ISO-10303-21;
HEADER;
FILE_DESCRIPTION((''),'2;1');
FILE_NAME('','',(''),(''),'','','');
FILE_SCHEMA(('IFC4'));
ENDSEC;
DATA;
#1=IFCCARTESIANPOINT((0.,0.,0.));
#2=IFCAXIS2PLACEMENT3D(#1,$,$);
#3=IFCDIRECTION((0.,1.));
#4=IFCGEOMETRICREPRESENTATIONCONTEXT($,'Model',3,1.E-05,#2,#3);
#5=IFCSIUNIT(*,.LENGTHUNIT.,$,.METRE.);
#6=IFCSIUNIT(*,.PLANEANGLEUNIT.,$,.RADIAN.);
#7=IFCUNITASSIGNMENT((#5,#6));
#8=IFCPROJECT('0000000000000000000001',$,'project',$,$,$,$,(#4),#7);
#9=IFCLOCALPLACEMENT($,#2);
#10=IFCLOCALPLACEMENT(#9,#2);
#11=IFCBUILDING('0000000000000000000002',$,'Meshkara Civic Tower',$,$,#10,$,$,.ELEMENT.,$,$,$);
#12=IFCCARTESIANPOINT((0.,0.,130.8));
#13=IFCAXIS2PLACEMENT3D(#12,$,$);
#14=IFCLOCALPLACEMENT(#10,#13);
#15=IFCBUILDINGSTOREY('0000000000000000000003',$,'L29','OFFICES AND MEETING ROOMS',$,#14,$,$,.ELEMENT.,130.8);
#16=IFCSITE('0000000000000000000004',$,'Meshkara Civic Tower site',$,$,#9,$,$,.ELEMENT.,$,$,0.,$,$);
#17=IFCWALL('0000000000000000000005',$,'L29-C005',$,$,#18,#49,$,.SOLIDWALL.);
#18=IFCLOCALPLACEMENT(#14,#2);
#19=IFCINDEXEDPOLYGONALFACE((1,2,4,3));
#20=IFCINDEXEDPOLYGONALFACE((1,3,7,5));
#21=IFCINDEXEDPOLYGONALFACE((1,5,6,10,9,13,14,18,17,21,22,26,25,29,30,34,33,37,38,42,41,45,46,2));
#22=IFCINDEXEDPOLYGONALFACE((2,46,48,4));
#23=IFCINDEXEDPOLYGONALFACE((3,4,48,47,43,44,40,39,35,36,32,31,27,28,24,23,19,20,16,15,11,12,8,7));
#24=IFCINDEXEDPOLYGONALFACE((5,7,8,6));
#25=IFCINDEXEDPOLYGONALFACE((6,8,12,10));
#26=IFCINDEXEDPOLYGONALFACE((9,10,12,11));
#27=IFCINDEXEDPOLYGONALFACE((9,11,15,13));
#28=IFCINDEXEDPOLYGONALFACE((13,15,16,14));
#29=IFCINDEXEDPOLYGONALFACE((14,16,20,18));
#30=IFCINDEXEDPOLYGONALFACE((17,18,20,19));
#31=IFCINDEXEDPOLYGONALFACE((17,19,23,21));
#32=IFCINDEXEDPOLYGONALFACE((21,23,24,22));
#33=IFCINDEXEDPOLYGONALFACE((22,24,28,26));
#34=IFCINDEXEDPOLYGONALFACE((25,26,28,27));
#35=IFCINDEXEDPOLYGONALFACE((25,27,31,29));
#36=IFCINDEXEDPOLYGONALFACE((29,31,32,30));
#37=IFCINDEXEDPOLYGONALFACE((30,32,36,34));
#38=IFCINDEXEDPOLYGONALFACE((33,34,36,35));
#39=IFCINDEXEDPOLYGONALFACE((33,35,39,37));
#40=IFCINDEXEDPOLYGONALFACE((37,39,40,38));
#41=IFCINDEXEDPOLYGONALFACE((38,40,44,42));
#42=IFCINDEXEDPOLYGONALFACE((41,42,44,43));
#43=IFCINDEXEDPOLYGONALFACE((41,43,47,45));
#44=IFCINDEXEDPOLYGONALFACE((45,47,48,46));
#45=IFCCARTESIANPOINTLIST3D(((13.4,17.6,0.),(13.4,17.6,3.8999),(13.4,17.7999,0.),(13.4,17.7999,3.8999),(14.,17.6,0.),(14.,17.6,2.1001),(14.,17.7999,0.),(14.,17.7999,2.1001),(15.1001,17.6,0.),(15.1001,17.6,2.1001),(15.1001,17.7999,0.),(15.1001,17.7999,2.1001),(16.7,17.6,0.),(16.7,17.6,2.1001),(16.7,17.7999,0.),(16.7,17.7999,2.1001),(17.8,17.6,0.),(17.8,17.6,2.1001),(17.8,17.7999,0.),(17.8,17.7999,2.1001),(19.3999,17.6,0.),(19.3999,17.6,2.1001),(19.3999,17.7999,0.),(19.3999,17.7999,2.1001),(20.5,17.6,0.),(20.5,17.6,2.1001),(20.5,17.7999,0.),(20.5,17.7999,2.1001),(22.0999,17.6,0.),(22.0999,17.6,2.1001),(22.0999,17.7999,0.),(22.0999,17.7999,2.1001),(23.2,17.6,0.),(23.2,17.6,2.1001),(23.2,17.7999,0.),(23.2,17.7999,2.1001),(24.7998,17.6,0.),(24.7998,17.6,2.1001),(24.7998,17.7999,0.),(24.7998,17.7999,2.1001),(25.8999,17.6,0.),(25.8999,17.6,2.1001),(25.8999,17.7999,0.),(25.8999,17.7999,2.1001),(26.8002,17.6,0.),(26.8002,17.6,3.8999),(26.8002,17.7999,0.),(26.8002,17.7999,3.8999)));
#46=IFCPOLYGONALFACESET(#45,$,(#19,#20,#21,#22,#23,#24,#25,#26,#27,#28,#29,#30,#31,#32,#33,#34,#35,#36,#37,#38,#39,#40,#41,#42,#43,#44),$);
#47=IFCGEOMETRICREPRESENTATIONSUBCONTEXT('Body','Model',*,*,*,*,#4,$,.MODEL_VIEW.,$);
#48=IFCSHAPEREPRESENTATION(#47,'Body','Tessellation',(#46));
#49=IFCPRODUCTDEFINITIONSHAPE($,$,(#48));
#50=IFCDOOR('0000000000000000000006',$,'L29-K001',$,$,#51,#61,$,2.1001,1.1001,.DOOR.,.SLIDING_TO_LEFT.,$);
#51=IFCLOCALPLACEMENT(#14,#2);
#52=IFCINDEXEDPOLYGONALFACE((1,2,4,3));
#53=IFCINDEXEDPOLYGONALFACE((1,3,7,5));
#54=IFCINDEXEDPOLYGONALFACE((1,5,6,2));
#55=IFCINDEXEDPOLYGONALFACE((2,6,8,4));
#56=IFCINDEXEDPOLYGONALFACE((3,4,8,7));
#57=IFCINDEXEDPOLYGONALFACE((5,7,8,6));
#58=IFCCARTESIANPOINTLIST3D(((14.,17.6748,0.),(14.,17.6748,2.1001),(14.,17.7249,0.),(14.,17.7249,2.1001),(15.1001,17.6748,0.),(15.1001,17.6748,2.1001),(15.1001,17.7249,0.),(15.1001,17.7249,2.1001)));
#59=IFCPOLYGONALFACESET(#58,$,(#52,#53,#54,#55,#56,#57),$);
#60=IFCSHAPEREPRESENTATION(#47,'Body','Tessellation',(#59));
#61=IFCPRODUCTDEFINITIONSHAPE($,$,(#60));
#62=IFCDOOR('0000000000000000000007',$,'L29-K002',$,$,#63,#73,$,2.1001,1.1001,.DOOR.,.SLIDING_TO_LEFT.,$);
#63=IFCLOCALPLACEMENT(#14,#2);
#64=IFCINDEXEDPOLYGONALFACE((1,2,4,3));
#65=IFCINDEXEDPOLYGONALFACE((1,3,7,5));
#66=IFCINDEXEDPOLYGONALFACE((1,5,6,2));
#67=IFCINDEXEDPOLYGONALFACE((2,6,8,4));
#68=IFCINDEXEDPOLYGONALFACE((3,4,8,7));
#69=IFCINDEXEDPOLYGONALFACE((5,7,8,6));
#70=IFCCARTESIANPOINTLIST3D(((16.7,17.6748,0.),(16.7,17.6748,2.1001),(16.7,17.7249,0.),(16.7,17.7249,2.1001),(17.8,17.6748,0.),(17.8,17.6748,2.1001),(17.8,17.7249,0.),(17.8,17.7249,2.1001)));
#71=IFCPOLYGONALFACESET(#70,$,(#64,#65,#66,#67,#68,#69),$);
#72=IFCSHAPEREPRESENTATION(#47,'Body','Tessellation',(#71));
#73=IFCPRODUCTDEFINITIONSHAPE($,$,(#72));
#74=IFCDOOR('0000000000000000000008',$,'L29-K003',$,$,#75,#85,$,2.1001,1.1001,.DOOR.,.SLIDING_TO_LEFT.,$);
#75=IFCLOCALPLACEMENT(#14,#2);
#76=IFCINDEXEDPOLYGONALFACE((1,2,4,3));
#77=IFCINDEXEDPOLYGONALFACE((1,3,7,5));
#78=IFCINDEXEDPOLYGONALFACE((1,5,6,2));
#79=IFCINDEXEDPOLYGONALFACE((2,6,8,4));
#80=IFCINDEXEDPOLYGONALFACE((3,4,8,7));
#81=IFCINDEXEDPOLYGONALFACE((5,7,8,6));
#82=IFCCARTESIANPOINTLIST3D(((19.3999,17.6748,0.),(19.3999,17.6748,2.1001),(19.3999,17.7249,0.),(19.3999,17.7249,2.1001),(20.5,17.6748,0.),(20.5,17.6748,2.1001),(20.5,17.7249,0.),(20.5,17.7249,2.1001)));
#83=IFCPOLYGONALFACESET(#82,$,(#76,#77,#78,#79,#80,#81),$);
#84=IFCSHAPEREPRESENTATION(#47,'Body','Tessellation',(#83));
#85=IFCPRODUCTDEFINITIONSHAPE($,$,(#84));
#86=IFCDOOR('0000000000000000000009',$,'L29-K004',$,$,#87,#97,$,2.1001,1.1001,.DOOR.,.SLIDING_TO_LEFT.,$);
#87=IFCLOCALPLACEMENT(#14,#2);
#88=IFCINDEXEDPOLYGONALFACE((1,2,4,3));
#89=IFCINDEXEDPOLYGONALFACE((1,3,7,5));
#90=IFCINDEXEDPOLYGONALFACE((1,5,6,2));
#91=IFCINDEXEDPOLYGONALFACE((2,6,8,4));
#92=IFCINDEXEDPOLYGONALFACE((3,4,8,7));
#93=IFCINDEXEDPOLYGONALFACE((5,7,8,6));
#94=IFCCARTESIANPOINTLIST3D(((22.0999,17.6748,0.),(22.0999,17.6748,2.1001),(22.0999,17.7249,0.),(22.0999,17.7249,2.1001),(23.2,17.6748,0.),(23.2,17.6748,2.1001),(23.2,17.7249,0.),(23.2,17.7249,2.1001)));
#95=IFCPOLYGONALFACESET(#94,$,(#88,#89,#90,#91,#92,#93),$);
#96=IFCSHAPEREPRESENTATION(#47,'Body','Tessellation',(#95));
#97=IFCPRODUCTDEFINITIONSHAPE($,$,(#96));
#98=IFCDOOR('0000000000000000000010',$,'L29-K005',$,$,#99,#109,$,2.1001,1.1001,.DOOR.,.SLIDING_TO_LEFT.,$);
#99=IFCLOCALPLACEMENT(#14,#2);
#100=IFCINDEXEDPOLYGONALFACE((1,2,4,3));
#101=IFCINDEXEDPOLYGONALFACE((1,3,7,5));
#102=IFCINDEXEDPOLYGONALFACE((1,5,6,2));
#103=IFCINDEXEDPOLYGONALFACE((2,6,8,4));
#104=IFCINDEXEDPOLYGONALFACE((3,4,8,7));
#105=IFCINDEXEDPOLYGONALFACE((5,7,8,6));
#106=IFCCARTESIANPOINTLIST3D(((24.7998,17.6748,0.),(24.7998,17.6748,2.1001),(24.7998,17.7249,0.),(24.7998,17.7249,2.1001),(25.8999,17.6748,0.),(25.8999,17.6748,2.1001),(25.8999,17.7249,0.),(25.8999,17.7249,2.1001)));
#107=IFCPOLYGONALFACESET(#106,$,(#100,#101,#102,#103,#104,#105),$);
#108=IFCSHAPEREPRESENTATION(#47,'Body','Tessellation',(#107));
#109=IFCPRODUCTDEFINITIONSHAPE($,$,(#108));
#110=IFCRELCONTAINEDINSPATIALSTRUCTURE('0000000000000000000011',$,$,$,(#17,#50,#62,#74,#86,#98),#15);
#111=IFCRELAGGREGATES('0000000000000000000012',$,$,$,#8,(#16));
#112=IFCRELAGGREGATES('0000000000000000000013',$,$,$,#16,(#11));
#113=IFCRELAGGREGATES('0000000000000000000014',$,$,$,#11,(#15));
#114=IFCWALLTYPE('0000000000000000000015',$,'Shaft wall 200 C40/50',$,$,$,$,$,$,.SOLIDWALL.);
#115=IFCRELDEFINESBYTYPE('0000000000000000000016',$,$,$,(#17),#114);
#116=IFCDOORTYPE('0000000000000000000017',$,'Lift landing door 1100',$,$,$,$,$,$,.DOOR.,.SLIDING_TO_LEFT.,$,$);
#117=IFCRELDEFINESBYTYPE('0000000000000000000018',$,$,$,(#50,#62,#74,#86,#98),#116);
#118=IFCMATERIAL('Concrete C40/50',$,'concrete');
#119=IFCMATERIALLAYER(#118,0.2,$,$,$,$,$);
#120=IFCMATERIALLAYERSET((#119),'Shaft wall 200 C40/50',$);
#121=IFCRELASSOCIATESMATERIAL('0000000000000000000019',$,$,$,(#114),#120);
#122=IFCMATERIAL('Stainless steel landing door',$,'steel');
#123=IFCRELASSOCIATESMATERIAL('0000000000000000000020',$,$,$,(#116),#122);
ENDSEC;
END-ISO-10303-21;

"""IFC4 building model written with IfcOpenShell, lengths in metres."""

from ifc_helpers import new_model, si_unit, direction, frame, frame_2d, origin, place, context, subcontext, project, spatial, rectangle, extrude, material, layer, layer_set, type_object, element, fill, save


model = new_model("IFC4")

# Units and contexts
model_context = context("Model", 3, precision=1e-05, world=origin(), true_north=direction((0.0, 1.0)))
body_context = subcontext(model_context, "Body", "Model", "MODEL_VIEW")
ifc_project = project(units=[si_unit("LENGTHUNIT", "METRE"), si_unit("PLANEANGLEUNIT", "RADIAN")], contexts=[model_context])

# Site, building, storey
site_placement = place(None, origin())
site = spatial("IfcSite", under=ifc_project, at=site_placement, Name="Meshkara Civic Tower site", CompositionType="ELEMENT", RefElevation=0.0)
building_placement = place(site_placement, origin())
building = spatial("IfcBuilding", under=site, at=building_placement, Name="Meshkara Civic Tower", CompositionType="ELEMENT")
storey_placement = place(building_placement, frame((0.0, 0.0, 130.8)))
storey = spatial("IfcBuildingStorey", under=building, at=storey_placement, Name="L29", Description="OFFICES AND MEETING ROOMS", CompositionType="ELEMENT", Elevation=130.8)

# Wall, openings, doors
ifc_material_1 = material(Name="Concrete C40/50", Category="concrete")
ifc_layer_1 = layer(ifc_material_1, 0.2)
ifc_layer_set_1 = layer_set([ifc_layer_1], Name="Shaft wall 200 C40/50")
wall_type_1 = type_object("IfcWallType", Name="Shaft wall 200 C40/50", PredefinedType="SOLIDWALL", material=ifc_layer_set_1)
wall_1_placement = place(storey_placement, frame((13.3999, 17.7, 0.0), z_axis=(0.0, 0.0, 1.0), x_axis=(1.0, 0.0, 0.0)))
wall_1 = element("IfcWall", 1, at=wall_1_placement, inside=storey, type_object=wall_type_1, Name="L29-C005", PredefinedType="SOLIDWALL", context=body_context, shape_type="SweptSolid", body=[
    extrude(rectangle(XDim=13.4001, YDim=0.2, at=frame_2d((6.7002, 0.0))), origin(), (0.0, 0.0, 1.0), 3.8999),
])
opening_1_placement = place(wall_1_placement, frame((0.6001, 0.0, 0.0)))
opening_1 = element("IfcOpeningElement", 2, at=opening_1_placement, cuts=wall_1, PredefinedType="OPENING", context=body_context, shape_type="SweptSolid", body=[
    extrude(rectangle(XDim=1.1001, YDim=2.1001, at=frame_2d((0.55, 1.05))), frame((0.0, 0.1099, 0.0), z_axis=(0.0, -1.0, 0.0), x_axis=(1.0, 0.0, 0.0)), (0.0, 0.0, 1.0), 0.22),
])
opening_2_placement = place(wall_1_placement, frame((3.3, 0.0, 0.0)))
opening_2 = element("IfcOpeningElement", 3, at=opening_2_placement, cuts=wall_1, PredefinedType="OPENING", context=body_context, shape_type="SweptSolid", body=[
    extrude(rectangle(XDim=1.1001, YDim=2.1001, at=frame_2d((0.55, 1.05))), frame((0.0, 0.1099, 0.0), z_axis=(0.0, -1.0, 0.0), x_axis=(1.0, 0.0, 0.0)), (0.0, 0.0, 1.0), 0.22),
])
opening_3_placement = place(wall_1_placement, frame((6.0, 0.0, 0.0)))
opening_3 = element("IfcOpeningElement", 4, at=opening_3_placement, cuts=wall_1, PredefinedType="OPENING", context=body_context, shape_type="SweptSolid", body=[
    extrude(rectangle(XDim=1.1001, YDim=2.1001, at=frame_2d((0.55, 1.05))), frame((0.0, 0.1099, 0.0), z_axis=(0.0, -1.0, 0.0), x_axis=(1.0, 0.0, 0.0)), (0.0, 0.0, 1.0), 0.22),
])
opening_4_placement = place(wall_1_placement, frame((8.7, 0.0, 0.0)))
opening_4 = element("IfcOpeningElement", 5, at=opening_4_placement, cuts=wall_1, PredefinedType="OPENING", context=body_context, shape_type="SweptSolid", body=[
    extrude(rectangle(XDim=1.1001, YDim=2.1001, at=frame_2d((0.55, 1.05))), frame((0.0, 0.1099, 0.0), z_axis=(0.0, -1.0, 0.0), x_axis=(1.0, 0.0, 0.0)), (0.0, 0.0, 1.0), 0.22),
])
opening_5_placement = place(wall_1_placement, frame((11.3999, 0.0, 0.0)))
opening_5 = element("IfcOpeningElement", 6, at=opening_5_placement, cuts=wall_1, PredefinedType="OPENING", context=body_context, shape_type="SweptSolid", body=[
    extrude(rectangle(XDim=1.1001, YDim=2.1001, at=frame_2d((0.55, 1.05))), frame((0.0, 0.1099, 0.0), z_axis=(0.0, -1.0, 0.0), x_axis=(1.0, 0.0, 0.0)), (0.0, 0.0, 1.0), 0.22),
])
ifc_material_2 = material(Name="Stainless steel landing door", Category="steel")
door_type_1 = type_object("IfcDoorType", Name="Lift landing door 1100", OperationType="SLIDING_TO_LEFT", PredefinedType="DOOR", material=ifc_material_2)
door_1_placement = place(opening_1_placement, origin())
door_1 = element("IfcDoor", 7, at=door_1_placement, inside=storey, type_object=door_type_1, Name="L29-K001", OperationType="SLIDING_TO_LEFT", OverallHeight=2.1001, OverallWidth=1.1001, PredefinedType="DOOR", context=body_context, shape_type="SweptSolid", body=[
    extrude(rectangle(XDim=1.1001, YDim=2.1001, at=frame_2d((0.55, 1.05))), frame((0.0, 0.0249, 0.0), z_axis=(0.0, -1.0, 0.0), x_axis=(1.0, 0.0, 0.0)), (0.0, 0.0, 1.0), 0.05),
])
fill(opening_1, door_1)
door_2_placement = place(opening_2_placement, origin())
door_2 = element("IfcDoor", 8, at=door_2_placement, inside=storey, type_object=door_type_1, Name="L29-K002", OperationType="SLIDING_TO_LEFT", OverallHeight=2.1001, OverallWidth=1.1001, PredefinedType="DOOR", context=body_context, shape_type="SweptSolid", body=[
    extrude(rectangle(XDim=1.1001, YDim=2.1001, at=frame_2d((0.55, 1.05))), frame((0.0, 0.0249, 0.0), z_axis=(0.0, -1.0, 0.0), x_axis=(1.0, 0.0, 0.0)), (0.0, 0.0, 1.0), 0.05),
])
fill(opening_2, door_2)
door_3_placement = place(opening_3_placement, origin())
door_3 = element("IfcDoor", 9, at=door_3_placement, inside=storey, type_object=door_type_1, Name="L29-K003", OperationType="SLIDING_TO_LEFT", OverallHeight=2.1001, OverallWidth=1.1001, PredefinedType="DOOR", context=body_context, shape_type="SweptSolid", body=[
    extrude(rectangle(XDim=1.1001, YDim=2.1001, at=frame_2d((0.55, 1.05))), frame((0.0, 0.0249, 0.0), z_axis=(0.0, -1.0, 0.0), x_axis=(1.0, 0.0, 0.0)), (0.0, 0.0, 1.0), 0.05),
])
fill(opening_3, door_3)
door_4_placement = place(opening_4_placement, origin())
door_4 = element("IfcDoor", 10, at=door_4_placement, inside=storey, type_object=door_type_1, Name="L29-K004", OperationType="SLIDING_TO_LEFT", OverallHeight=2.1001, OverallWidth=1.1001, PredefinedType="DOOR", context=body_context, shape_type="SweptSolid", body=[
    extrude(rectangle(XDim=1.1001, YDim=2.1001, at=frame_2d((0.55, 1.05))), frame((0.0, 0.0249, 0.0), z_axis=(0.0, -1.0, 0.0), x_axis=(1.0, 0.0, 0.0)), (0.0, 0.0, 1.0), 0.05),
])
fill(opening_4, door_4)
door_5_placement = place(opening_5_placement, origin())
door_5 = element("IfcDoor", 11, at=door_5_placement, inside=storey, type_object=door_type_1, Name="L29-K005", OperationType="SLIDING_TO_LEFT", OverallHeight=2.1001, OverallWidth=1.1001, PredefinedType="DOOR", context=body_context, shape_type="SweptSolid", body=[
    extrude(rectangle(XDim=1.1001, YDim=2.1001, at=frame_2d((0.55, 1.05))), frame((0.0, 0.0249, 0.0), z_axis=(0.0, -1.0, 0.0), x_axis=(1.0, 0.0, 0.0)), (0.0, 0.0, 1.0), 0.05),
])
fill(opening_5, door_5)

save(model, "model.ifc")
